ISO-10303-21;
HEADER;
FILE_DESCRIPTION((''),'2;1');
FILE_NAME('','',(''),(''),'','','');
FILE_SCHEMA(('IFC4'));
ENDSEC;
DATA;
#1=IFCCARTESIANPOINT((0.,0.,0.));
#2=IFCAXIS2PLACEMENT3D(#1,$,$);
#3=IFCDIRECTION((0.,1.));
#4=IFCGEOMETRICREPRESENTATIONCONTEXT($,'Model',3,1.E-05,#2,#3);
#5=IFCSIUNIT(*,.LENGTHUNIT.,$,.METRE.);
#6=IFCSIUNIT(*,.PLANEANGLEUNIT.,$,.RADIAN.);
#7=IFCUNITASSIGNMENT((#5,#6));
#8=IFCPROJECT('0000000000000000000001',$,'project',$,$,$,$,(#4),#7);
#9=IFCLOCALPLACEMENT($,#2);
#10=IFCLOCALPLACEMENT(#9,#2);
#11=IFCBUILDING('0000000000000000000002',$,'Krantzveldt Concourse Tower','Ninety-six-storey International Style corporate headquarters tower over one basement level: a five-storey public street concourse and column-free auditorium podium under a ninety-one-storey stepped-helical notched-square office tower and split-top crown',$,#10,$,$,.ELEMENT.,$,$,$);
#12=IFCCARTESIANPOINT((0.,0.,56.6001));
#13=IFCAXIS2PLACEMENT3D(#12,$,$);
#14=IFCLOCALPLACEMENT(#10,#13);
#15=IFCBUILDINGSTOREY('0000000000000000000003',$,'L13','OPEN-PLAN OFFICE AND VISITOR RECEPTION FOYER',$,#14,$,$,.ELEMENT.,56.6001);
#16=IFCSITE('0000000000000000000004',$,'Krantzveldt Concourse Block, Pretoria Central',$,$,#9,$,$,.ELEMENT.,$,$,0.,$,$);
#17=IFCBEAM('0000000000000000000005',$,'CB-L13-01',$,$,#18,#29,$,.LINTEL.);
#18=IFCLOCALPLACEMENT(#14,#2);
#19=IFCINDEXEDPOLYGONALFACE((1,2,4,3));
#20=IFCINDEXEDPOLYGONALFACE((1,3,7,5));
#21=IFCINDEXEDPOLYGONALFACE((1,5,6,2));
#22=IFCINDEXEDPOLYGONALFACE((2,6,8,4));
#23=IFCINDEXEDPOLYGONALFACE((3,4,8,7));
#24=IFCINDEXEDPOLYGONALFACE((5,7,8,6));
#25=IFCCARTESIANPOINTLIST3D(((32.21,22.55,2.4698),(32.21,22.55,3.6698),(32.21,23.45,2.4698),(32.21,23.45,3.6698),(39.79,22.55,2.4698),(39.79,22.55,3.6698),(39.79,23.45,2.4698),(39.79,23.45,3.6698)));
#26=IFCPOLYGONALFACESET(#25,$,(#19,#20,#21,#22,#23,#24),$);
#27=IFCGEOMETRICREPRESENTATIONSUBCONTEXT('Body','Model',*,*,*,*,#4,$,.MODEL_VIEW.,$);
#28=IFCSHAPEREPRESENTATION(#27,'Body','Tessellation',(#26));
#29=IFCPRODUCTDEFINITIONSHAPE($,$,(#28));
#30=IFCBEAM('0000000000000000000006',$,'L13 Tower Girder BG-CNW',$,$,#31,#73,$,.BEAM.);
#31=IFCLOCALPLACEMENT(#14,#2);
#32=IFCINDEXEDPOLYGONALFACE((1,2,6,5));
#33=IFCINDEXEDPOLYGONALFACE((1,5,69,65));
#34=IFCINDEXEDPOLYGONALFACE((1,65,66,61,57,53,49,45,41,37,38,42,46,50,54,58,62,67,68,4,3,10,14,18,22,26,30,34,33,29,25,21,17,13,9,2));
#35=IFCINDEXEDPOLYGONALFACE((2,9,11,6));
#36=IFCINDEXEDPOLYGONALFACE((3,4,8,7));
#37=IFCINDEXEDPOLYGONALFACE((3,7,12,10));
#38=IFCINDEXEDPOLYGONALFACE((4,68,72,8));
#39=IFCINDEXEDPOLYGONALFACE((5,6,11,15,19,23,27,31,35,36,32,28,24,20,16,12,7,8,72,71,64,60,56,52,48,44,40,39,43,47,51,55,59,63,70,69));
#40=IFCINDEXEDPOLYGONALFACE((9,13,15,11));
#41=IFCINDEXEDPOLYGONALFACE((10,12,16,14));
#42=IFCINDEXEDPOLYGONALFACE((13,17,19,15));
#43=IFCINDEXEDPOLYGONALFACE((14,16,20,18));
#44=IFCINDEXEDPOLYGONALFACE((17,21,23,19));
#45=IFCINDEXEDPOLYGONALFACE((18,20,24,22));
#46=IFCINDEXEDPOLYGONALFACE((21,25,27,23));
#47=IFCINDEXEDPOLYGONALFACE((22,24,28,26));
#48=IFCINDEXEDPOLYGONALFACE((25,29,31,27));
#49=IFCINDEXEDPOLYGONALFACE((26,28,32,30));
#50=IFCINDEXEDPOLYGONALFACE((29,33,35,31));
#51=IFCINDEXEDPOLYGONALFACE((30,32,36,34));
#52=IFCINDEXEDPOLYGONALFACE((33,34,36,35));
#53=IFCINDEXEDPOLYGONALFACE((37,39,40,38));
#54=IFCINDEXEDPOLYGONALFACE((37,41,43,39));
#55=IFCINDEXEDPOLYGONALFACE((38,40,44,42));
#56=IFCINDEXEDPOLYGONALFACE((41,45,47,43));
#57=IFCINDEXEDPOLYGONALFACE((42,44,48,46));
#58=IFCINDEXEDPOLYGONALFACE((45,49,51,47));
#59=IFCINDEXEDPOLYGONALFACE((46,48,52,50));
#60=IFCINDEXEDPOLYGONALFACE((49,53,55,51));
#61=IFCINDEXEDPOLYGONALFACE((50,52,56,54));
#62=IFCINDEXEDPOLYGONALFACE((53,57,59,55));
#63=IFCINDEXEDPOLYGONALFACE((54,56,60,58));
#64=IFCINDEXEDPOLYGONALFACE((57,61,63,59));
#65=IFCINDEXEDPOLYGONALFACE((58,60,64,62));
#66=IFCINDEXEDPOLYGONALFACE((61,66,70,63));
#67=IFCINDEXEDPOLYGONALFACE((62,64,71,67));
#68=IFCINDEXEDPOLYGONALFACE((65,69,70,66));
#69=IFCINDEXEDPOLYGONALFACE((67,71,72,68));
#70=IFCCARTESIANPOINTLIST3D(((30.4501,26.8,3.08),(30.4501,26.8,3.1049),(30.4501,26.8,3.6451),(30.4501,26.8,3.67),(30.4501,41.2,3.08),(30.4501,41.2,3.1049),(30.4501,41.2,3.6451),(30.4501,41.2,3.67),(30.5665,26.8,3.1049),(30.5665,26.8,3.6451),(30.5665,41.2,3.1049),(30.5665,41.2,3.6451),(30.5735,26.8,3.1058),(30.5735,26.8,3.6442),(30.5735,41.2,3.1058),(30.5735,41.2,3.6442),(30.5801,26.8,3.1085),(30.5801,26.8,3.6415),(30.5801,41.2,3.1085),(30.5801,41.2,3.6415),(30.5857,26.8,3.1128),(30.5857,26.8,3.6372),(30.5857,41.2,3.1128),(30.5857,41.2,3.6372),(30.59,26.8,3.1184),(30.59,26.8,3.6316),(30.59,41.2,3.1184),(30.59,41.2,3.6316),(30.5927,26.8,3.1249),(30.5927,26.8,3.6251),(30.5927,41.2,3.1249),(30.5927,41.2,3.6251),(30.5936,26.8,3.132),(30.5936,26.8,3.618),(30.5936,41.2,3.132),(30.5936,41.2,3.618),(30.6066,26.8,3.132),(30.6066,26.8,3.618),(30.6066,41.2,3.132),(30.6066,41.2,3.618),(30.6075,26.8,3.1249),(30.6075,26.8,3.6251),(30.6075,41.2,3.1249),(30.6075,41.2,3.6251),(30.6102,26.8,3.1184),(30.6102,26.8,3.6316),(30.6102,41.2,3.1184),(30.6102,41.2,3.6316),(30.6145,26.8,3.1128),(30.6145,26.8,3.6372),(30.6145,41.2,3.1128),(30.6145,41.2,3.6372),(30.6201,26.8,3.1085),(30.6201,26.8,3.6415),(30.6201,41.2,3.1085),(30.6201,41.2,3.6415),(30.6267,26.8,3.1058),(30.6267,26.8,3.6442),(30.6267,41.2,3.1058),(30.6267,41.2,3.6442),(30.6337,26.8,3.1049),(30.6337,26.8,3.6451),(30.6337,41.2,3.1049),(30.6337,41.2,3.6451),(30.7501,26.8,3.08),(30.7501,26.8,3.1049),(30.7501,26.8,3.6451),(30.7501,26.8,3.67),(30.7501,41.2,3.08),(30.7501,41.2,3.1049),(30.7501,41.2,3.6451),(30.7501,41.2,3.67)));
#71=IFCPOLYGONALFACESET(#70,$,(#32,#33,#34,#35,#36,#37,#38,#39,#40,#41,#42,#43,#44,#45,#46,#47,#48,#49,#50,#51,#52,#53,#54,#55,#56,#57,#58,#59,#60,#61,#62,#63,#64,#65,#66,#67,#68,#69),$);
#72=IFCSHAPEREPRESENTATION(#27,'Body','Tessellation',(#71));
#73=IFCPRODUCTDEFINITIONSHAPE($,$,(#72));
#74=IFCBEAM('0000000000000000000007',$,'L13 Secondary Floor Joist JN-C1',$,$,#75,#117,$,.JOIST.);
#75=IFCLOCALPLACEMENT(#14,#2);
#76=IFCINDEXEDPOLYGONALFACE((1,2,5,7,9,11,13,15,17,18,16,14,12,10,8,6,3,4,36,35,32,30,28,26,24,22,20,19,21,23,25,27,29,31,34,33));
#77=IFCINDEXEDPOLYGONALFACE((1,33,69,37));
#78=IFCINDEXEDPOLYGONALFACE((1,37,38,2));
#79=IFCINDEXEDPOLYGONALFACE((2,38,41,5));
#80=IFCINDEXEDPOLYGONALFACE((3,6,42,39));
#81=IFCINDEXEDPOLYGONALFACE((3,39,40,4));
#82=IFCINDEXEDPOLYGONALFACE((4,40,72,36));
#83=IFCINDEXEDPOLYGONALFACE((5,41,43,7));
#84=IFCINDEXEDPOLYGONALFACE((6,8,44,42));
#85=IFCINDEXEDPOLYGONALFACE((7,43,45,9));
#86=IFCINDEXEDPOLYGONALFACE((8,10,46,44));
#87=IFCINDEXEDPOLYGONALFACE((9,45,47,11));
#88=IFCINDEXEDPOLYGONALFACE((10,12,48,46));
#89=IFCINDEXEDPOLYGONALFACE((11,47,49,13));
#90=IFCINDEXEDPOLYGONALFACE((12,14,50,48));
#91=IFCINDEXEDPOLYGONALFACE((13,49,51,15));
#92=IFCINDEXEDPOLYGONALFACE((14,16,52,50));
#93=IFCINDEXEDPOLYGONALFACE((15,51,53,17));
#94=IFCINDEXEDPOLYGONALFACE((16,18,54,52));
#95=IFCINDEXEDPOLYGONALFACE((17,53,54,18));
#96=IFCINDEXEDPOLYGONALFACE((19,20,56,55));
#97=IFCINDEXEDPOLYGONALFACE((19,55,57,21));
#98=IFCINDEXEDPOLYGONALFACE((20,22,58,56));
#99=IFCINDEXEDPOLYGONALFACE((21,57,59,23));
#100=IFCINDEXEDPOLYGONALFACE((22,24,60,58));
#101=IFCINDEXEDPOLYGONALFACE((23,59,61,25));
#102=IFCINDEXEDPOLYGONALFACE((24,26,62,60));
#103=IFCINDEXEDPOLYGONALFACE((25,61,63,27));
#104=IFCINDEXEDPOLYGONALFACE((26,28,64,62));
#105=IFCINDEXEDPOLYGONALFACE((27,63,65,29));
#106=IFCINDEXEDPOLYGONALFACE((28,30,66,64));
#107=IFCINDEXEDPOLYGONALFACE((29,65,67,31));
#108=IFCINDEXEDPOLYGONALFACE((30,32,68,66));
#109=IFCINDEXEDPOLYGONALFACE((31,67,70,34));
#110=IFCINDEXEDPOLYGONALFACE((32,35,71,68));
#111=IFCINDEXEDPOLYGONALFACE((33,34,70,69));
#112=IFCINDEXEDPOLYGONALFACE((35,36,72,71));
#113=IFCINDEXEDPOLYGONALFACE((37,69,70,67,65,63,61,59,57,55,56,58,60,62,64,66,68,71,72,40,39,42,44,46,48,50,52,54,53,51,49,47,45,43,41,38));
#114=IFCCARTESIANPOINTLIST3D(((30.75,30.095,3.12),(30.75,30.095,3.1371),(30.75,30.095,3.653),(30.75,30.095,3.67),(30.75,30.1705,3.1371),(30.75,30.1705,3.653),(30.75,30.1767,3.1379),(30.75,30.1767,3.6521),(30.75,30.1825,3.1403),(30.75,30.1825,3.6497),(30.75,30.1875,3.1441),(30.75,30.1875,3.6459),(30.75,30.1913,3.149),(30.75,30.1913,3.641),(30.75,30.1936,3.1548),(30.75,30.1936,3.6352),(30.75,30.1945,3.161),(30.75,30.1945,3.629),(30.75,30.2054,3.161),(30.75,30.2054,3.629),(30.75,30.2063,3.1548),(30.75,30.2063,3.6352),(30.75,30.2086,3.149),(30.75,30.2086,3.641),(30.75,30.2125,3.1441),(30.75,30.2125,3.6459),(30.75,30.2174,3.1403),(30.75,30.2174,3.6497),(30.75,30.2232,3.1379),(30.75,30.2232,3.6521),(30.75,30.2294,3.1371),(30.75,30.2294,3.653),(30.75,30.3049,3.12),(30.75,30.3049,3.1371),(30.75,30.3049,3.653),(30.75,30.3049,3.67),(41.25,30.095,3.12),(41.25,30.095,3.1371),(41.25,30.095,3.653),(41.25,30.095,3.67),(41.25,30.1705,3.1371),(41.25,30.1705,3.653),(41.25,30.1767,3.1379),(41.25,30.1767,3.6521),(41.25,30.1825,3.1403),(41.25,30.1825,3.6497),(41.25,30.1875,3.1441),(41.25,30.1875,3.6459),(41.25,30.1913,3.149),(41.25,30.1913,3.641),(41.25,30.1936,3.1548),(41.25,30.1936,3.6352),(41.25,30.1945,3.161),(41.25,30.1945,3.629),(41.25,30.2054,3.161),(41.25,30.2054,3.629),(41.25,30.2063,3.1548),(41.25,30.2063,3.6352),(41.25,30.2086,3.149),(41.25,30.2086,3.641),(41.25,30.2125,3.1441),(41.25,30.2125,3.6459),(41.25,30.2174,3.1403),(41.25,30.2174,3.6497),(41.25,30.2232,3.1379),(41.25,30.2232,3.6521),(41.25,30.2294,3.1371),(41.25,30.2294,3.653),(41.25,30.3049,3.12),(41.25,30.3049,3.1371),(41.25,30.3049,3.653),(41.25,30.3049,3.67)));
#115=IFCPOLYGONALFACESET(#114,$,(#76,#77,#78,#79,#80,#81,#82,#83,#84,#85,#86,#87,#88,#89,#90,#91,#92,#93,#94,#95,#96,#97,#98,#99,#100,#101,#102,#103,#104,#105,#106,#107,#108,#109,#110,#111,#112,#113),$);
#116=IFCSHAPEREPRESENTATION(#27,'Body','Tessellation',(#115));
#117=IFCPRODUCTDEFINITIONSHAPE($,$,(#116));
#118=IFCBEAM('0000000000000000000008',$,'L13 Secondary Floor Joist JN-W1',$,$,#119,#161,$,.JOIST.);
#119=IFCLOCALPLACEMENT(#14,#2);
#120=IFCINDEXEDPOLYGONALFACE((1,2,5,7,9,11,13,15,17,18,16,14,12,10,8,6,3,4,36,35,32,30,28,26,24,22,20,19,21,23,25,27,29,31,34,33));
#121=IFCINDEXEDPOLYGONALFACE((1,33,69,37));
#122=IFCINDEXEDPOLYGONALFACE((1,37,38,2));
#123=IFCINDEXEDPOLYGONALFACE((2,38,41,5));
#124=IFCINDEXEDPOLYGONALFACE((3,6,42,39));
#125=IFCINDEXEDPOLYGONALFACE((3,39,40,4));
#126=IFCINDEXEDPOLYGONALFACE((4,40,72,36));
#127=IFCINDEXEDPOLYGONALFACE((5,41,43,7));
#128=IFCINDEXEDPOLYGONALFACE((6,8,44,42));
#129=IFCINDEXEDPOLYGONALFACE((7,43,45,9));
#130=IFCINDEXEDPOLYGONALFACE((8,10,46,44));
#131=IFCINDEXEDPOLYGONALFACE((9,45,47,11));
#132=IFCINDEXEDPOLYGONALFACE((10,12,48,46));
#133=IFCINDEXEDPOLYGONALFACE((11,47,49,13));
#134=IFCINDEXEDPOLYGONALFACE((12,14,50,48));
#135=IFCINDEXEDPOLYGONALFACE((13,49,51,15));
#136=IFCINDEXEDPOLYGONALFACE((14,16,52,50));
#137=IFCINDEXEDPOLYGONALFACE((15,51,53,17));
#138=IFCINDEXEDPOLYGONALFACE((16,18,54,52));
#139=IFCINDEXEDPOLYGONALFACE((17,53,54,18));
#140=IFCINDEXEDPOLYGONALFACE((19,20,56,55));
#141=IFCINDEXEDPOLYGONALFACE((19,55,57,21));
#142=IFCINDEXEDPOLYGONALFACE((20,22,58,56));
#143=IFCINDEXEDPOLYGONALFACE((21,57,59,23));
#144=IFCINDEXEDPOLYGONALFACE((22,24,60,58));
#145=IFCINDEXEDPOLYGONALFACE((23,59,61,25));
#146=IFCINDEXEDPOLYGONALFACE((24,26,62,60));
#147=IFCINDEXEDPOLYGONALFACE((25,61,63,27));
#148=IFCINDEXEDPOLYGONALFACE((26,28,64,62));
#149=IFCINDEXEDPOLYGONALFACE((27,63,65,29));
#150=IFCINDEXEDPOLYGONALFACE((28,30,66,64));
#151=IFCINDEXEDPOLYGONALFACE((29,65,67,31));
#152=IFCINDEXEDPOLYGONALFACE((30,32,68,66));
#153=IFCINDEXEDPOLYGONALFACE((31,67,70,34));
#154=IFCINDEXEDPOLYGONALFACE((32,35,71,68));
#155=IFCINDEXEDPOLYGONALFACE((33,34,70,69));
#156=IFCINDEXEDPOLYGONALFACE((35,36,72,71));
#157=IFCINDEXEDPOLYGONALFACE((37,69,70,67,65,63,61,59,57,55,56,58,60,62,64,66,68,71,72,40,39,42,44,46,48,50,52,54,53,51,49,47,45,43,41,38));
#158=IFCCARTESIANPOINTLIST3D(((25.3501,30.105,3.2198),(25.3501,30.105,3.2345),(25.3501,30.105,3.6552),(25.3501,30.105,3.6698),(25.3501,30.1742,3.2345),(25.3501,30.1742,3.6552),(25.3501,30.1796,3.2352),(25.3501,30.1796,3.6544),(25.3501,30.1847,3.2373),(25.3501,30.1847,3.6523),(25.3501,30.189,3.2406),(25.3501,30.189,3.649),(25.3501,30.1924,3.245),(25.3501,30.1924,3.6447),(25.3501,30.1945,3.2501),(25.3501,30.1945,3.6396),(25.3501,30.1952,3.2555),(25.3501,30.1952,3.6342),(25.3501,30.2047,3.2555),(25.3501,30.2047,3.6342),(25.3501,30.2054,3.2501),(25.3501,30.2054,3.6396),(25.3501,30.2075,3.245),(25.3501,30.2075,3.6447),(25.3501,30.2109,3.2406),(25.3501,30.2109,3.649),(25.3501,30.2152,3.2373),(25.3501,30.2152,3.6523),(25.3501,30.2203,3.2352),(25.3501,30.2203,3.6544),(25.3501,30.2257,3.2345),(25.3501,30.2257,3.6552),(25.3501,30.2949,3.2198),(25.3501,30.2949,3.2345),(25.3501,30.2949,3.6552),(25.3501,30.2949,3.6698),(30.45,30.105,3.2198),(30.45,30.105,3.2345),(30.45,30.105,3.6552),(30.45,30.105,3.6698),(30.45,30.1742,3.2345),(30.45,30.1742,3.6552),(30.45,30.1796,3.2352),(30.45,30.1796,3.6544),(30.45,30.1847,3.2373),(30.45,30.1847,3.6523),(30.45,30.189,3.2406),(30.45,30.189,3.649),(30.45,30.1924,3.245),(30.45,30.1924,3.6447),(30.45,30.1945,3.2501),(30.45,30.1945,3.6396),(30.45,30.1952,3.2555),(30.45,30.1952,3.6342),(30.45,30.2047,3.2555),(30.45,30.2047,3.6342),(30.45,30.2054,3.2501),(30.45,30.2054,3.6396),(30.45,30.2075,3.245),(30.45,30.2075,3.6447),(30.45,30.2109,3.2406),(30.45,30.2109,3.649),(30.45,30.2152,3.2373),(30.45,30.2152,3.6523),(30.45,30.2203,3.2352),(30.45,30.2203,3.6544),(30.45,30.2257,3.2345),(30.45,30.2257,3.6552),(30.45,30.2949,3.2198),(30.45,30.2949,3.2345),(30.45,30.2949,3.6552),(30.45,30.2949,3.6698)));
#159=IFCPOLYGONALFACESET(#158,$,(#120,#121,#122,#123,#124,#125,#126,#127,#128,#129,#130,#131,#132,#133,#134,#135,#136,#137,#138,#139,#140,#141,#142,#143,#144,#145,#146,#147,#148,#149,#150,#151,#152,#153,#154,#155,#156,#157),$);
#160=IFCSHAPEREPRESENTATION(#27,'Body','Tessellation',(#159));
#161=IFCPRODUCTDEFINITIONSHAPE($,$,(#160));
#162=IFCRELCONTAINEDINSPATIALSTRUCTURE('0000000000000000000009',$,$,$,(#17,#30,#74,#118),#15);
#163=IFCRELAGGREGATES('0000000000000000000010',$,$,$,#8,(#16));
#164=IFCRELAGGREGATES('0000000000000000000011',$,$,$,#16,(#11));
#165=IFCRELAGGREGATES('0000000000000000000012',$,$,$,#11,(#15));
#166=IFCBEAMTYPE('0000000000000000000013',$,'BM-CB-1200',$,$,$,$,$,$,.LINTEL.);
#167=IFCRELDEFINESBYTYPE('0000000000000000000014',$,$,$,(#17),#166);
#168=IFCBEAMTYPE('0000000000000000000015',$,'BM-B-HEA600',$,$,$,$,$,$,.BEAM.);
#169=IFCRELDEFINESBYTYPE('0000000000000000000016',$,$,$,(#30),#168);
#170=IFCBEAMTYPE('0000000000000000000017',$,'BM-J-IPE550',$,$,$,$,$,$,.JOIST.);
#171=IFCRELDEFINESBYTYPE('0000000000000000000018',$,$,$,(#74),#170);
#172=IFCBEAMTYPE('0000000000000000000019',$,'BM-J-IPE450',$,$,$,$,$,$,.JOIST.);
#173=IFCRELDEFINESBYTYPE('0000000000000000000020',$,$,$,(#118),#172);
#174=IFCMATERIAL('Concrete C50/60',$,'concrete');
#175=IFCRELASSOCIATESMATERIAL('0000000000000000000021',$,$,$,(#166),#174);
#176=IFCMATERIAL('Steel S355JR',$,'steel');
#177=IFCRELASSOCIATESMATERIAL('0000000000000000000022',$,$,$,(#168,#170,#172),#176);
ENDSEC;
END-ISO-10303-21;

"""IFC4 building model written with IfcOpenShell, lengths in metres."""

from ifc_helpers import new_model, si_unit, direction, frame, origin, origin_2d, place, context, subcontext, project, spatial, rectangle, i_section, extrude, source, transform, mapped, material, material_profile, profile_set, type_object, type_shapes, element, save


model = new_model("IFC4")

# Units and contexts
model_context = context("Model", 3, precision=1e-05, world=origin(), true_north=direction((0.0, 1.0)))
body_context = subcontext(model_context, "Body", "Model", "MODEL_VIEW")
ifc_project = project(units=[si_unit("LENGTHUNIT", "METRE"), si_unit("PLANEANGLEUNIT", "RADIAN")], contexts=[model_context])

# Site, building, storey
site_placement = place(None, origin())
site = spatial("IfcSite", under=ifc_project, at=site_placement, Name="Krantzveldt Concourse Block, Pretoria Central", CompositionType="ELEMENT", RefElevation=0.0)
building_placement = place(site_placement, origin())
building = spatial("IfcBuilding", under=site, at=building_placement, Name="Krantzveldt Concourse Tower", Description="Ninety-six-storey International Style corporate headquarters tower over one basement level: a five-storey public street concourse and column-free auditorium podium under a ninety-one-storey stepped-helical notched-square office tower and split-top crown", CompositionType="ELEMENT")
storey_placement = place(building_placement, frame((0.0, 0.0, 56.6001)))
storey = spatial("IfcBuildingStorey", under=building, at=storey_placement, Name="L13", Description="OPEN-PLAN OFFICE AND VISITOR RECEPTION FOYER", CompositionType="ELEMENT", Elevation=56.6001)

# Beams
ifc_material_1 = material(Name="Concrete C50/60", Category="concrete")
ifc_material_profile_1 = material_profile(ifc_material_1, rectangle(XDim=0.8999, YDim=1.2, at=origin_2d()), Name="Concrete C50/60", Category="concrete")
ifc_profile_set_1 = profile_set([ifc_material_profile_1], Name="Concrete C50/60 - RC-CB 900x1200")
beam_type_1 = type_object("IfcBeamType", Name="BM-CB-1200", PredefinedType="LINTEL", material=ifc_profile_set_1)
shared_shape_1 = source(origin(), body_context, "Body", "SweptSolid", [
    extrude(rectangle(XDim=0.8999, YDim=1.2, at=origin_2d()), origin(), (0.0, 0.0, 1.0), 7.5801),
])
type_shapes(beam_type_1, [shared_shape_1])
beam_1_placement = place(storey_placement, frame((32.21, 23.0, 3.0698), z_axis=(1.0, 0.0, 0.0), x_axis=(0.0, 1.0, 0.0)))
element("IfcBeam", 1, at=beam_1_placement, inside=storey, type_object=beam_type_1, Name="CB-L13-01", PredefinedType="LINTEL", context=body_context, shape_type="MappedRepresentation", body=[
    mapped(shared_shape_1, transform((0.0, 0.0, 0.0), x_axis=(1.0, 0.0, 0.0), y_axis=(0.0, 1.0, 0.0), z_axis=(0.0, 0.0, 1.0), scale=1.0)),
])
ifc_material_2 = material(Name="Steel S355JR", Category="steel")
ifc_material_profile_2 = material_profile(ifc_material_2, i_section(OverallWidth=0.3, OverallDepth=0.5901, WebThickness=0.0129, FlangeThickness=0.0249, FilletRadius=0.0271, at=origin_2d()), Name="Steel S355JR", Category="steel")
ifc_profile_set_2 = profile_set([ifc_material_profile_2], Name="Steel S355JR - HEA 600")
beam_type_2 = type_object("IfcBeamType", Name="BM-B-HEA600", PredefinedType="BEAM", material=ifc_profile_set_2)
shared_shape_2 = source(origin(), body_context, "Body", "SweptSolid", [
    extrude(i_section(OverallWidth=0.3, OverallDepth=0.5901, WebThickness=0.0129, FlangeThickness=0.0249, FilletRadius=0.0271, at=origin_2d()), origin(), (0.0, 0.0, 1.0), 14.3999),
])
type_shapes(beam_type_2, [shared_shape_2])
beam_2_placement = place(storey_placement, frame((30.6001, 26.8, 3.375), z_axis=(0.0, 1.0, 0.0), x_axis=(-1.0, 0.0, 0.0)))
element("IfcBeam", 2, at=beam_2_placement, inside=storey, type_object=beam_type_2, Name="L13 Tower Girder BG-CNW", PredefinedType="BEAM", context=body_context, shape_type="MappedRepresentation", body=[
    mapped(shared_shape_2, transform((0.0, 0.0, 0.0), x_axis=(1.0, 0.0, 0.0), y_axis=(0.0, 1.0, 0.0), z_axis=(0.0, 0.0, 1.0), scale=1.0)),
])
ifc_material_profile_3 = material_profile(ifc_material_2, i_section(OverallWidth=0.21, OverallDepth=0.55, WebThickness=0.011, FlangeThickness=0.0171, FilletRadius=0.0239, at=origin_2d()), Name="Steel S355JR", Category="steel")
ifc_profile_set_3 = profile_set([ifc_material_profile_3], Name="Steel S355JR - IPE 550")
beam_type_3 = type_object("IfcBeamType", Name="BM-J-IPE550", PredefinedType="JOIST", material=ifc_profile_set_3)
shared_shape_3 = source(origin(), body_context, "Body", "SweptSolid", [
    extrude(i_section(OverallWidth=0.21, OverallDepth=0.55, WebThickness=0.011, FlangeThickness=0.0171, FilletRadius=0.0239, at=origin_2d()), origin(), (0.0, 0.0, 1.0), 10.5),
])
type_shapes(beam_type_3, [shared_shape_3])
beam_3_placement = place(storey_placement, frame((30.75, 30.2, 3.395), z_axis=(1.0, 0.0, 0.0), x_axis=(0.0, 1.0, 0.0)))
element("IfcBeam", 3, at=beam_3_placement, inside=storey, type_object=beam_type_3, Name="L13 Secondary Floor Joist JN-C1", PredefinedType="JOIST", context=body_context, shape_type="MappedRepresentation", body=[
    mapped(shared_shape_3, transform((0.0, 0.0, 0.0), x_axis=(1.0, 0.0, 0.0), y_axis=(0.0, 1.0, 0.0), z_axis=(0.0, 0.0, 1.0), scale=1.0)),
])
ifc_material_profile_4 = material_profile(ifc_material_2, i_section(OverallWidth=0.1899, OverallDepth=0.45, WebThickness=0.0095, FlangeThickness=0.0146, FilletRadius=0.021, at=origin_2d()), Name="Steel S355JR", Category="steel")
ifc_profile_set_4 = profile_set([ifc_material_profile_4], Name="Steel S355JR - IPE 450")
beam_type_4 = type_object("IfcBeamType", Name="BM-J-IPE450", PredefinedType="JOIST", material=ifc_profile_set_4)
shared_shape_4 = source(origin(), body_context, "Body", "SweptSolid", [
    extrude(i_section(OverallWidth=0.1899, OverallDepth=0.45, WebThickness=0.0095, FlangeThickness=0.0146, FilletRadius=0.021, at=origin_2d()), origin(), (0.0, 0.0, 1.0), 5.0999),
])
type_shapes(beam_type_4, [shared_shape_4])
beam_4_placement = place(storey_placement, frame((25.3501, 30.2, 3.4448), z_axis=(1.0, 0.0, 0.0), x_axis=(0.0, 1.0, 0.0)))
element("IfcBeam", 4, at=beam_4_placement, inside=storey, type_object=beam_type_4, Name="L13 Secondary Floor Joist JN-W1", PredefinedType="JOIST", context=body_context, shape_type="MappedRepresentation", body=[
    mapped(shared_shape_4, transform((0.0, 0.0, 0.0), x_axis=(1.0, 0.0, 0.0), y_axis=(0.0, 1.0, 0.0), z_axis=(0.0, 0.0, 1.0), scale=1.0)),
])

save(model, "model.ifc")
